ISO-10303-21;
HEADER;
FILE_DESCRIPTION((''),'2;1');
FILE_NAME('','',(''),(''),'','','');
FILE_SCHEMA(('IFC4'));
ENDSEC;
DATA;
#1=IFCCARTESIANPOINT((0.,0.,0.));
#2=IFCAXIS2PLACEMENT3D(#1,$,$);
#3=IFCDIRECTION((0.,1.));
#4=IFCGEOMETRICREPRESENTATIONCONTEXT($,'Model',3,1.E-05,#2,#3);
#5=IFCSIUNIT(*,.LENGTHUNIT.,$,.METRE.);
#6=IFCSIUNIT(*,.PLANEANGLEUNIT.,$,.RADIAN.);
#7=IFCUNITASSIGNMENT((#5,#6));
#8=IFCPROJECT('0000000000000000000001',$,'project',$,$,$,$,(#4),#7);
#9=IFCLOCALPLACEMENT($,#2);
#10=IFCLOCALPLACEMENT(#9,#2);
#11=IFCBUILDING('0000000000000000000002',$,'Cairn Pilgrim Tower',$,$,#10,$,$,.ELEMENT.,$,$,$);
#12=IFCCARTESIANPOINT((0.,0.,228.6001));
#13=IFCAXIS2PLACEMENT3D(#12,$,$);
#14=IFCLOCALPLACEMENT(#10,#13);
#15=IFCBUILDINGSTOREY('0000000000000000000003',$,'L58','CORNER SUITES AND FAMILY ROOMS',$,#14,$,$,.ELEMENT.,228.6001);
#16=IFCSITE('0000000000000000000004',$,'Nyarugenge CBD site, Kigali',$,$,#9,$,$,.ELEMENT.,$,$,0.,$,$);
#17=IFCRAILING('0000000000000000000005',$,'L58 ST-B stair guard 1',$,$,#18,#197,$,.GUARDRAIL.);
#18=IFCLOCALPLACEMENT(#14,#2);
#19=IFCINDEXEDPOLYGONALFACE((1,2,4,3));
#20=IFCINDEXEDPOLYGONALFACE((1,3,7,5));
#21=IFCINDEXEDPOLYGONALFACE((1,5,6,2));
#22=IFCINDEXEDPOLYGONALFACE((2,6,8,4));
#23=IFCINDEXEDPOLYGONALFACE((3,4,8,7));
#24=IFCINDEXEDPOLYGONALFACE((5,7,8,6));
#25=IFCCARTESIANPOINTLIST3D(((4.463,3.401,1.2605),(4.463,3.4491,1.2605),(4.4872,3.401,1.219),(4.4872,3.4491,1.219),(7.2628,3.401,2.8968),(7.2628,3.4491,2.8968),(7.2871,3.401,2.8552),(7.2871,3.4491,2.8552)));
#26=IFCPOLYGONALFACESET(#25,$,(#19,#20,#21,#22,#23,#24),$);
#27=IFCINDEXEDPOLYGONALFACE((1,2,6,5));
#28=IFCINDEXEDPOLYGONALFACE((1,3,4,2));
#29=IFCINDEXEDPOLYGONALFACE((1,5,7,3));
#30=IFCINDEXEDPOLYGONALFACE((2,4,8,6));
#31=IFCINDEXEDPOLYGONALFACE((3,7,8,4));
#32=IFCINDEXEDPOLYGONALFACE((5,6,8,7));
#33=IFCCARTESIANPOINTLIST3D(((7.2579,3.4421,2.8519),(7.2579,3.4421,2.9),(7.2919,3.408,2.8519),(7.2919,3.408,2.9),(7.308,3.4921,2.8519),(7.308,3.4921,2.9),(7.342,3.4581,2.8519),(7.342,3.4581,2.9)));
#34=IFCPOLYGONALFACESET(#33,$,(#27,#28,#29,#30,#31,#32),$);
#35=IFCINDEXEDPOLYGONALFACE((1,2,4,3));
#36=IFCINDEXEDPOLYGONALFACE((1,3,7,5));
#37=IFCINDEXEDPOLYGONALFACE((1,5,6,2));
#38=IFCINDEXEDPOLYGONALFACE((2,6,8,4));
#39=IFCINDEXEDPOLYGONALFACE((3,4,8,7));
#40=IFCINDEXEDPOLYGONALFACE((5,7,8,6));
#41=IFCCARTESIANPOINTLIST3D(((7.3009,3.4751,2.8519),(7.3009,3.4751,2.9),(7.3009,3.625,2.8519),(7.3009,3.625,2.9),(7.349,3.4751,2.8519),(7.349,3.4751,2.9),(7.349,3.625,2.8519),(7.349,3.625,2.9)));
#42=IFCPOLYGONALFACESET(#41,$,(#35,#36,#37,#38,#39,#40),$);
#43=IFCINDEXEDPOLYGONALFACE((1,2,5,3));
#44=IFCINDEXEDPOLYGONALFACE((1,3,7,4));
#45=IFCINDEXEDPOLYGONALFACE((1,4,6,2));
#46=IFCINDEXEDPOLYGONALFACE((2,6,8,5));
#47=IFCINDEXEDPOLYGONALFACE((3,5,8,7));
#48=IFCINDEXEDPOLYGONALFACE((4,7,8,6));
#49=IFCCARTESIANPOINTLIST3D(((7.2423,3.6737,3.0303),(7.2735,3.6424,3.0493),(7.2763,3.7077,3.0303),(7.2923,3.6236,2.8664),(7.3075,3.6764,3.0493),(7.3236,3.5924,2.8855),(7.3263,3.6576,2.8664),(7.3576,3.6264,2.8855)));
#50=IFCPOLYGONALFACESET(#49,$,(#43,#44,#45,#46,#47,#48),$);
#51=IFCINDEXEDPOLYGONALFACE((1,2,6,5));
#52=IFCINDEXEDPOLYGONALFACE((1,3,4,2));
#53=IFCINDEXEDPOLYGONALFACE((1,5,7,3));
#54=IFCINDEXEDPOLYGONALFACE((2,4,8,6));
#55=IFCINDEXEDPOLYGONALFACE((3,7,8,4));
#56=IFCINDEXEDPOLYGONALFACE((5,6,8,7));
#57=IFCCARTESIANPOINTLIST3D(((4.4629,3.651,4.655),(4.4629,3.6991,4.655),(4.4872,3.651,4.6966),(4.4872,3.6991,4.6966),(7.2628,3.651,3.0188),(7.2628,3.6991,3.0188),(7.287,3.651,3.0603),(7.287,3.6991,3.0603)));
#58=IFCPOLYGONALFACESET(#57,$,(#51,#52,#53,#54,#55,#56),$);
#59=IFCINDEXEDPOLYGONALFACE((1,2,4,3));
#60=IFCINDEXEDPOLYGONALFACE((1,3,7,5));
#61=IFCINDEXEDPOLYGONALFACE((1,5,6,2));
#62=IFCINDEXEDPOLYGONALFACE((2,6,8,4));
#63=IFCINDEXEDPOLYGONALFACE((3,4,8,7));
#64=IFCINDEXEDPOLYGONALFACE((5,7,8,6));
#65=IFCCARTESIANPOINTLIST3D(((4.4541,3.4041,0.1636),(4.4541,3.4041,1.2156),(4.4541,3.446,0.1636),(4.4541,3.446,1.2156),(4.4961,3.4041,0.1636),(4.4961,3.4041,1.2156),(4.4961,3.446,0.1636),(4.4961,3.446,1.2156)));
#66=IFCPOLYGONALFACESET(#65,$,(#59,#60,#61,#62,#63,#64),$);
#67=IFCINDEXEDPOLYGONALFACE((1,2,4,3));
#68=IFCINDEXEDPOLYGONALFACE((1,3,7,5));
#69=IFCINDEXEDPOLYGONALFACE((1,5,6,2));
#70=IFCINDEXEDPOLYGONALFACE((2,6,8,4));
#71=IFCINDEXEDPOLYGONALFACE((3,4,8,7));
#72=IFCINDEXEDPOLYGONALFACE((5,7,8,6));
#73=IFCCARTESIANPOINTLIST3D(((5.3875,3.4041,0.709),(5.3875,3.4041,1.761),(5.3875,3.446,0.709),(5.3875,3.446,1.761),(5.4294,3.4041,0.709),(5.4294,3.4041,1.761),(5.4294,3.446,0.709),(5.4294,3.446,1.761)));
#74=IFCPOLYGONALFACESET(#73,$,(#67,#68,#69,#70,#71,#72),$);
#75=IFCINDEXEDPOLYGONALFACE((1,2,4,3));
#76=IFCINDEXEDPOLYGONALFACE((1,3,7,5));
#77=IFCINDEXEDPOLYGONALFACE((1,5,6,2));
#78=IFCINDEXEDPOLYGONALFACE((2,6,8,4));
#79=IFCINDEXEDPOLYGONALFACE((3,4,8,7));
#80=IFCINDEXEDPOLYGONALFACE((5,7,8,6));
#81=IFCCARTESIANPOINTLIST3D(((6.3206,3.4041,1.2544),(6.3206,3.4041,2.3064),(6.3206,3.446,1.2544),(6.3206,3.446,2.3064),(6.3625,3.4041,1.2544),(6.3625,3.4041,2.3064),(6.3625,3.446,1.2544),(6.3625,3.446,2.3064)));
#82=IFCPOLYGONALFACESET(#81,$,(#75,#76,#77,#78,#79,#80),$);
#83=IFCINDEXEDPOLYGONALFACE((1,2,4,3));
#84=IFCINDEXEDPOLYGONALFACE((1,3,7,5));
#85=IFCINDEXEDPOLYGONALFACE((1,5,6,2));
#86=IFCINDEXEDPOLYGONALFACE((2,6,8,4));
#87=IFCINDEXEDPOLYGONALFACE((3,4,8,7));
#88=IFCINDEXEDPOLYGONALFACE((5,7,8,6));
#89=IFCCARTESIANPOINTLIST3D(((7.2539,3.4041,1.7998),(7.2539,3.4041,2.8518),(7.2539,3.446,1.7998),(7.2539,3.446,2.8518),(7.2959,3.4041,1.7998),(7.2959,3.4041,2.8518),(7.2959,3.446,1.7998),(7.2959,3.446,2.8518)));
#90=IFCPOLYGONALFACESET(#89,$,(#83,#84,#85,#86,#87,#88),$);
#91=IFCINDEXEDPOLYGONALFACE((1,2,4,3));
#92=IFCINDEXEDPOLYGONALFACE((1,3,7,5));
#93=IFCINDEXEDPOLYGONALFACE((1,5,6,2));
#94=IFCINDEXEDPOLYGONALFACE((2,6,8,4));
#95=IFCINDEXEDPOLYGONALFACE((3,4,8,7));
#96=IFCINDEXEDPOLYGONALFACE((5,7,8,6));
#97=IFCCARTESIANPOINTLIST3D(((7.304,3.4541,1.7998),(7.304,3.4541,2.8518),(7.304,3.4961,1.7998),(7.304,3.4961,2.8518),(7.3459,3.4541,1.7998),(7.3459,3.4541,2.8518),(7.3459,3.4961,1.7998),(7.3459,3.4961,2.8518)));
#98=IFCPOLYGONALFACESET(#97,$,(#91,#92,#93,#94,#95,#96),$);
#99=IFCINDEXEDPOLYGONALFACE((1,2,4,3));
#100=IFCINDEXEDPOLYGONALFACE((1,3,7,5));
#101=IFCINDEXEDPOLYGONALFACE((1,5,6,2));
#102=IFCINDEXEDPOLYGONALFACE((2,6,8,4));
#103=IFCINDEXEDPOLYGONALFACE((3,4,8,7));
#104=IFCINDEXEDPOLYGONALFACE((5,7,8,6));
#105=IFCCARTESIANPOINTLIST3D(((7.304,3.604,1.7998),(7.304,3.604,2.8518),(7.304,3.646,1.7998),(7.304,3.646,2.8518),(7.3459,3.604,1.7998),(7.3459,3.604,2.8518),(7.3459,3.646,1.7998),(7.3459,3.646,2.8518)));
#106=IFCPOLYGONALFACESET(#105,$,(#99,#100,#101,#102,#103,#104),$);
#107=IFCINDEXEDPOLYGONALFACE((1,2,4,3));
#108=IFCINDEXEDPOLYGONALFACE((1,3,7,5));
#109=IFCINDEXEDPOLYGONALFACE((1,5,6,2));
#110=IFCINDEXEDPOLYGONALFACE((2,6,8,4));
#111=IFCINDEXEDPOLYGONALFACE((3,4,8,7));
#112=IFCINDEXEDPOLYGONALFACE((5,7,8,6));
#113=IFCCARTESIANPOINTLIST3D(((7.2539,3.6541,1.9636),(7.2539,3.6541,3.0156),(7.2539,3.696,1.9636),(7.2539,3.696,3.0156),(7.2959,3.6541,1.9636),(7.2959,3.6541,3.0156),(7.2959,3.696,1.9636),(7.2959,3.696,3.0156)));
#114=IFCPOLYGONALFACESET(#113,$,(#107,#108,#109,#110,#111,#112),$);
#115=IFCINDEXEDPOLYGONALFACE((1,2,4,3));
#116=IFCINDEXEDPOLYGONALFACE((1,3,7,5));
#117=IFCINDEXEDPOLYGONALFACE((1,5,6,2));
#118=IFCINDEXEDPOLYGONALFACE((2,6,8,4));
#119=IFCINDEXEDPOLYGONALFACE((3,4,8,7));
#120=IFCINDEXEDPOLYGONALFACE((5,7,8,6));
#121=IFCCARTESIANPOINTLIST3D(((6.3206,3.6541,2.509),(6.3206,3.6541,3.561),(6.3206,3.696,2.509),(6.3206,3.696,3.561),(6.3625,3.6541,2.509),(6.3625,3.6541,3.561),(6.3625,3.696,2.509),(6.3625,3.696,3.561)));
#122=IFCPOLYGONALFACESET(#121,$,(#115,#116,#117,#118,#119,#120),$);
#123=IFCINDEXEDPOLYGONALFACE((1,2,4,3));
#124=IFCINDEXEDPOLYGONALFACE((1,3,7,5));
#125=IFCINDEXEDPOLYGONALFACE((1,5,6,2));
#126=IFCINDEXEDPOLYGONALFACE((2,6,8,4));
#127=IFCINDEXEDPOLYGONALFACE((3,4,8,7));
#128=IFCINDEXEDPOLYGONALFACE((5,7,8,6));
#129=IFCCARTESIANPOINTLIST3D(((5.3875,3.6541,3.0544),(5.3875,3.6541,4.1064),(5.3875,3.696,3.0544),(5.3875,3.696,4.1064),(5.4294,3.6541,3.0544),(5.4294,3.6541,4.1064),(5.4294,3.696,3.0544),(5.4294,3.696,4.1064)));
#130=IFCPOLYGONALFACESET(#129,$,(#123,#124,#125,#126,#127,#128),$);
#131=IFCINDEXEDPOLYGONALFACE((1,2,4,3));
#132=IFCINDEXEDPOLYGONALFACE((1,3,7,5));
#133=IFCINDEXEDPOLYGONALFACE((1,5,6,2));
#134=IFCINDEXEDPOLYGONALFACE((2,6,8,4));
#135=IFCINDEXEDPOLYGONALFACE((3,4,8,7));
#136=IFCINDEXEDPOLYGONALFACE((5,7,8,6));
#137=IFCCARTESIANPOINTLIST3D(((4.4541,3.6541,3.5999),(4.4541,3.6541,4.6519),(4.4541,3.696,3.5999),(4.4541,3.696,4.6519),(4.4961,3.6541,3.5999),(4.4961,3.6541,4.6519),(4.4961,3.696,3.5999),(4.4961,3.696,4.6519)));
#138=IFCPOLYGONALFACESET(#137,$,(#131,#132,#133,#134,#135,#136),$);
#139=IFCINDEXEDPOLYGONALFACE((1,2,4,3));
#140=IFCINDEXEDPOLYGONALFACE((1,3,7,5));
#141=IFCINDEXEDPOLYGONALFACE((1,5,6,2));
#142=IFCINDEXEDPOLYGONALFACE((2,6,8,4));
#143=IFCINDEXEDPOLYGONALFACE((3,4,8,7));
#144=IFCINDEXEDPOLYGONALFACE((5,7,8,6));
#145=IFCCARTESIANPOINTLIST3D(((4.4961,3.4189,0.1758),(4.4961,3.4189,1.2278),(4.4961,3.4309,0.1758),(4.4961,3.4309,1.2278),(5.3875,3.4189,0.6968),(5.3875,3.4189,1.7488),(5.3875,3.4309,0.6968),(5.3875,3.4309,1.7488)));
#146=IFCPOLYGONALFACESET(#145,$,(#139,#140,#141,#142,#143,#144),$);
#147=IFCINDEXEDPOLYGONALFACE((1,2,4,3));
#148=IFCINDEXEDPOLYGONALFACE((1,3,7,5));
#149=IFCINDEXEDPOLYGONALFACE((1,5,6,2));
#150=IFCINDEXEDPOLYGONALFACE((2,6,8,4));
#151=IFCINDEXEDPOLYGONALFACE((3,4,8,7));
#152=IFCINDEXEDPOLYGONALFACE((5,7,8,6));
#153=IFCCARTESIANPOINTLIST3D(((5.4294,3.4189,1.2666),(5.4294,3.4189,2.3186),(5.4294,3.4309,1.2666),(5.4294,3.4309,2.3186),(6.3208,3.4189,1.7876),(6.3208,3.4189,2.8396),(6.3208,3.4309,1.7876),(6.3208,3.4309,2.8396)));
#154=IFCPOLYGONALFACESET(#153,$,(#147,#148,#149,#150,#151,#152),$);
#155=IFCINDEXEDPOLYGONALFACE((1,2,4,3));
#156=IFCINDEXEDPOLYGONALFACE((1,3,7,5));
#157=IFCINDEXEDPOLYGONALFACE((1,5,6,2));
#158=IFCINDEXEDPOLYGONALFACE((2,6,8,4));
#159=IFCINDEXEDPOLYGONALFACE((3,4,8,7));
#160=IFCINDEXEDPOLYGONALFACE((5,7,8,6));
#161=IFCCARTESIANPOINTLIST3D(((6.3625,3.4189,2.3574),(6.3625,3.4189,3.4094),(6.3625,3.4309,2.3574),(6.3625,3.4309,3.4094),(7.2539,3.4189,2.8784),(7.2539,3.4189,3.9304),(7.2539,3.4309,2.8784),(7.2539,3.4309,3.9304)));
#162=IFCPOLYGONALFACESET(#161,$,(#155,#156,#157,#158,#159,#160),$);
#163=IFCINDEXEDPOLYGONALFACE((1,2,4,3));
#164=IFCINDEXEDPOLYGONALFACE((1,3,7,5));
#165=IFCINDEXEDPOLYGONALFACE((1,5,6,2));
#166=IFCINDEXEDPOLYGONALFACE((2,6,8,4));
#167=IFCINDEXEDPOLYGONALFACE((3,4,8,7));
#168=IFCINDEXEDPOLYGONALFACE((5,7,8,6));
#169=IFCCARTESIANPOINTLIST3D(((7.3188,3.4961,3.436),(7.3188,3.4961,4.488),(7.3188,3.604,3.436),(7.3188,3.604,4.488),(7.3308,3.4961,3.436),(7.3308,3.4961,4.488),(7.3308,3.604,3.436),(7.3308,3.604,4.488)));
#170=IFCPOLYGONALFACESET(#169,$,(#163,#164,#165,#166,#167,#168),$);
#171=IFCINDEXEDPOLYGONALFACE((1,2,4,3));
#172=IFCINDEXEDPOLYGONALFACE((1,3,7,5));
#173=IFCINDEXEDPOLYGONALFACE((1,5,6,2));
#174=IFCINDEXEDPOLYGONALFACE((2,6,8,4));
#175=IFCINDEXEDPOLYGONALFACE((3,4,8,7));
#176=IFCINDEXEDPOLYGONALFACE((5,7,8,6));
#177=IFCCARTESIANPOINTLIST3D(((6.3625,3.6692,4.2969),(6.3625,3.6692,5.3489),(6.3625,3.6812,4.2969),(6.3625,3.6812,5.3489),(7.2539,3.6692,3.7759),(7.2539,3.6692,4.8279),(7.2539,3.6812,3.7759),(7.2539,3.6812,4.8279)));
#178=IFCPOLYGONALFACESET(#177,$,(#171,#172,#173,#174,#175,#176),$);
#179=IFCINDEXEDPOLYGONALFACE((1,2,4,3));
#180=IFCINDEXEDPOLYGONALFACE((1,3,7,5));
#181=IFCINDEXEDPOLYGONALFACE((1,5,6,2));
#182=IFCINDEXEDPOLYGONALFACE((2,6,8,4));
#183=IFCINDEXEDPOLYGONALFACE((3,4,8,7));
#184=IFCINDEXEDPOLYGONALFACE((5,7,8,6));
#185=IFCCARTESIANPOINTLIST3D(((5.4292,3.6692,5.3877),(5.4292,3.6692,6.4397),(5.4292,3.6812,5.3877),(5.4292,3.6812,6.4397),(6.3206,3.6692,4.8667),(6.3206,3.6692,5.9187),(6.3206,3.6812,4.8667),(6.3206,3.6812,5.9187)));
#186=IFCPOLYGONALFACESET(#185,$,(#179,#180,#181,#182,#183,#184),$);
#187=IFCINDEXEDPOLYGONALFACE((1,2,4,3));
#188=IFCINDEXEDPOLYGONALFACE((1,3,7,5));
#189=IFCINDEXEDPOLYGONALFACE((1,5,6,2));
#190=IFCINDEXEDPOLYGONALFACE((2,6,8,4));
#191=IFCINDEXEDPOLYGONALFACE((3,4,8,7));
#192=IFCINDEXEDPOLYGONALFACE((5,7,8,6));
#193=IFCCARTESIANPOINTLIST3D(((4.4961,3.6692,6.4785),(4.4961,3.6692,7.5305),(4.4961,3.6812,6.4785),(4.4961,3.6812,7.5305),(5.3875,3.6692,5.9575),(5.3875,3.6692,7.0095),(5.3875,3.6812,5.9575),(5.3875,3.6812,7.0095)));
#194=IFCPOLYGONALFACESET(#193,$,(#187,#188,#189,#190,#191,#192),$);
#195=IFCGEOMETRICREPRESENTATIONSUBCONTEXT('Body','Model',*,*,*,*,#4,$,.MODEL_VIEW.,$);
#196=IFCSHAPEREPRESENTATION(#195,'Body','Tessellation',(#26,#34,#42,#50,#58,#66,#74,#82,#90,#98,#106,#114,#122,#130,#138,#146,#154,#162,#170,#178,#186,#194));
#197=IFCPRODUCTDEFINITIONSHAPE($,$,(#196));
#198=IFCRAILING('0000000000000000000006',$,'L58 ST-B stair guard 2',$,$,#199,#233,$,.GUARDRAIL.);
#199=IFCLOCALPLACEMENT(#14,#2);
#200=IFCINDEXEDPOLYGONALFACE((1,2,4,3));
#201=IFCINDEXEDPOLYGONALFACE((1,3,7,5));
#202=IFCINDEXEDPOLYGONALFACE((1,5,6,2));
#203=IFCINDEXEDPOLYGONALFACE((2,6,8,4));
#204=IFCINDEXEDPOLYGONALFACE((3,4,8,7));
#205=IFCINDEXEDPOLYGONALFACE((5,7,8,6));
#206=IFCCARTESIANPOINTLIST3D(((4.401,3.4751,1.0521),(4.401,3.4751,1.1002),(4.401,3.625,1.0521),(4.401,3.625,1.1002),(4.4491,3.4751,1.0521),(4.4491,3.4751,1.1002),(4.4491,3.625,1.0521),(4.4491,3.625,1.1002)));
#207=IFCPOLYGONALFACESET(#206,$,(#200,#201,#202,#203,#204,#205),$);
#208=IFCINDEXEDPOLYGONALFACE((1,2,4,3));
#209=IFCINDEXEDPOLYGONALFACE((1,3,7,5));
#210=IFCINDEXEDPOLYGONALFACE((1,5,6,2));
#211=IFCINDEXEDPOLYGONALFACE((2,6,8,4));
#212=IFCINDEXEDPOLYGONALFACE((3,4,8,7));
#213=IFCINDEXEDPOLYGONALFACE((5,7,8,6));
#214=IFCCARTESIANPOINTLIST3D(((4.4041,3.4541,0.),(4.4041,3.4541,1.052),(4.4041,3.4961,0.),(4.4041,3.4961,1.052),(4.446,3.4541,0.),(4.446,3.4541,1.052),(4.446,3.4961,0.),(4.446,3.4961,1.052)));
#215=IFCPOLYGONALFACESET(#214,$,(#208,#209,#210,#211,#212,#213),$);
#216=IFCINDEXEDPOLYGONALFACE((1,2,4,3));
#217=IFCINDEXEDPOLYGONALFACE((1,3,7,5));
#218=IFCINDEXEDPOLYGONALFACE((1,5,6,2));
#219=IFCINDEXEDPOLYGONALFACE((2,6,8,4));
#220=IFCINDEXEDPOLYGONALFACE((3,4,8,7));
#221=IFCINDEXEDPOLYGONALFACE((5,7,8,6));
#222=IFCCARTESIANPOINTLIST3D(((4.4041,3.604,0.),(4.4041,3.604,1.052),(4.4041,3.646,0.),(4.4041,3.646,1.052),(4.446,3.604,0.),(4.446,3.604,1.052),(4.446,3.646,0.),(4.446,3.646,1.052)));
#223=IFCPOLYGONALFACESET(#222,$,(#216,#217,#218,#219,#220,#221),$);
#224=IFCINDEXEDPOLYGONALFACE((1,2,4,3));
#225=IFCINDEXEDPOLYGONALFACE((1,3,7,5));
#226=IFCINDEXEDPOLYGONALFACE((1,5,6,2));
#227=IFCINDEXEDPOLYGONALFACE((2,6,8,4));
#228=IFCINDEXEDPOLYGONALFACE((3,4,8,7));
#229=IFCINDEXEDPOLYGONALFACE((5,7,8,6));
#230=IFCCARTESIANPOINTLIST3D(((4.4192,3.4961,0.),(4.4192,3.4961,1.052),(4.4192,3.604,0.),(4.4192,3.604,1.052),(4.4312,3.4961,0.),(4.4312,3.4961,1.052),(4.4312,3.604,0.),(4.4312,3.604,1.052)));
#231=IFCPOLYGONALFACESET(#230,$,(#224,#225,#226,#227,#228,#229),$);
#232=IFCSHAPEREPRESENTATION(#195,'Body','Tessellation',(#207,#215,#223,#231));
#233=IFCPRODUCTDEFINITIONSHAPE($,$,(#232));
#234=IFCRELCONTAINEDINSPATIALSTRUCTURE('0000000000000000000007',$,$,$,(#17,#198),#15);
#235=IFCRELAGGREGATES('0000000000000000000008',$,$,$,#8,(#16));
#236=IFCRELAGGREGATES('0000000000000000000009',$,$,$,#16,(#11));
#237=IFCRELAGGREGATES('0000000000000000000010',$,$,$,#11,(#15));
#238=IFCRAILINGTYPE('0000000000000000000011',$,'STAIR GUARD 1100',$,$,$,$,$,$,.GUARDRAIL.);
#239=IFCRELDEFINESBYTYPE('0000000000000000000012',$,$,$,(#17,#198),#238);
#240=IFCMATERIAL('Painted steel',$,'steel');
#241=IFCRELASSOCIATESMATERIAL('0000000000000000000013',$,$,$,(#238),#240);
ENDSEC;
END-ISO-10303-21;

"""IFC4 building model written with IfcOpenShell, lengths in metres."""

from ifc_helpers import new_model, si_unit, direction, frame, origin, origin_2d, place, context, subcontext, project, spatial, polyline, rectangle, outline, extrude, material, type_object, element, save


model = new_model("IFC4")

# Units and contexts
model_context = context("Model", 3, precision=1e-05, world=origin(), true_north=direction((0.0, 1.0)))
body_context = subcontext(model_context, "Body", "Model", "MODEL_VIEW")
ifc_project = project(units=[si_unit("LENGTHUNIT", "METRE"), si_unit("PLANEANGLEUNIT", "RADIAN")], contexts=[model_context])

# Site, building, storey
site_placement = place(None, origin())
site = spatial("IfcSite", under=ifc_project, at=site_placement, Name="Nyarugenge CBD site, Kigali", CompositionType="ELEMENT", RefElevation=0.0)
building_placement = place(site_placement, origin())
building = spatial("IfcBuilding", under=site, at=building_placement, Name="Cairn Pilgrim Tower", CompositionType="ELEMENT")
storey_placement = place(building_placement, frame((0.0, 0.0, 228.6001)))
storey = spatial("IfcBuildingStorey", under=building, at=storey_placement, Name="L58", Description="CORNER SUITES AND FAMILY ROOMS", CompositionType="ELEMENT", Elevation=228.6001)

# Shared definitions
ifc_material_1 = material(Name="Painted steel", Category="steel")

# Railings
railing_type_1 = type_object("IfcRailingType", Name="STAIR GUARD 1100", PredefinedType="GUARDRAIL", material=ifc_material_1)
railing_1_placement = place(storey_placement, frame((4.4751, 3.425, 0.1636)))
element("IfcRailing", 1, at=railing_1_placement, inside=storey, type_object=railing_type_1, Name="L58 ST-B stair guard 1", PredefinedType="GUARDRAIL", context=body_context, shape_type="SweptSolid", body=[
    extrude(rectangle(XDim=0.0481, YDim=0.0481, at=origin_2d()), frame((0.0, 0.0, 1.0762), z_axis=(0.863374, 0.0, 0.504564), x_axis=(0.0, 1.0, 0.0)), (0.0, 0.0, 1.0), 3.2429),
    extrude(rectangle(XDim=0.0481, YDim=0.0481, at=origin_2d()), frame((2.7998, 0.0, 2.7124), z_axis=(0.707107, 0.707107, 0.0), x_axis=(-0.707107, 0.707107, 0.0)), (0.0, 0.0, 1.0), 0.0708),
    extrude(rectangle(XDim=0.0481, YDim=0.0481, at=origin_2d()), frame((2.8499, 0.05, 2.7124), z_axis=(0.0, 1.0, 0.0), x_axis=(-1.0, 0.0, 0.0)), (0.0, 0.0, 1.0), 0.1499),
    extrude(rectangle(XDim=0.0481, YDim=0.0481, at=origin_2d()), frame((2.8499, 0.2, 2.7124), z_axis=(-0.280456, 0.280456, 0.917981), x_axis=(-0.707107, -0.707107, 0.0)), (0.0, 0.0, 1.0), 0.1785),
    extrude(rectangle(XDim=0.0481, YDim=0.0481, at=origin_2d()), frame((2.7998, 0.25, 2.876), z_axis=(-0.863374, 0.0, 0.504564), x_axis=(0.0, -1.0, 0.0)), (0.0, 0.0, 1.0), 3.2429),
    extrude(rectangle(XDim=0.042, YDim=0.042, at=origin_2d()), origin(), (0.0, 0.0, 1.0), 1.052),
    extrude(rectangle(XDim=0.042, YDim=0.042, at=origin_2d()), frame((0.9333, 0.0, 0.5454)), (0.0, 0.0, 1.0), 1.052),
    extrude(rectangle(XDim=0.042, YDim=0.042, at=origin_2d()), frame((1.8665, 0.0, 1.0908)), (0.0, 0.0, 1.0), 1.052),
    extrude(rectangle(XDim=0.042, YDim=0.042, at=origin_2d()), frame((2.7998, 0.0, 1.6362)), (0.0, 0.0, 1.0), 1.052),
    extrude(rectangle(XDim=0.042, YDim=0.042, at=origin_2d()), frame((2.8499, 0.05, 1.6362)), (0.0, 0.0, 1.0), 1.052),
    extrude(rectangle(XDim=0.042, YDim=0.042, at=origin_2d()), frame((2.8499, 0.2, 1.6362)), (0.0, 0.0, 1.0), 1.052),
    extrude(rectangle(XDim=0.042, YDim=0.042, at=origin_2d()), frame((2.7998, 0.25, 1.8)), (0.0, 0.0, 1.0), 1.052),
    extrude(rectangle(XDim=0.042, YDim=0.042, at=origin_2d()), frame((1.8665, 0.25, 2.3455)), (0.0, 0.0, 1.0), 1.052),
    extrude(rectangle(XDim=0.042, YDim=0.042, at=origin_2d()), frame((0.9333, 0.25, 2.8909)), (0.0, 0.0, 1.0), 1.052),
    extrude(rectangle(XDim=0.042, YDim=0.042, at=origin_2d()), frame((0.0, 0.25, 3.4363)), (0.0, 0.0, 1.0), 1.052),
    extrude(outline(polyline([(0.021, 0.0122), (0.9124, 0.5332), (0.9124, 1.5852), (0.021, 1.0642), (0.021, 0.0122)])), frame((0.0, 0.0059, 0.0), z_axis=(0.0, -1.0, 0.0), x_axis=(1.0, 0.0, 0.0)), (0.0, 0.0, 1.0), 0.012),
    extrude(outline(polyline([(0.021, 0.5576), (0.9124, 1.0786), (0.9124, 2.1306), (0.021, 1.6096), (0.021, 0.5576)])), frame((0.9333, 0.0059, 0.5454), z_axis=(0.0, -1.0, 0.0), x_axis=(1.0, 0.0, 0.0)), (0.0, 0.0, 1.0), 0.012),
    extrude(outline(polyline([(0.021, 1.103), (0.9124, 1.624), (0.9124, 2.676), (0.021, 2.155), (0.021, 1.103)])), frame((1.8665, 0.0059, 1.0908), z_axis=(0.0, -1.0, 0.0), x_axis=(1.0, 0.0, 0.0)), (0.0, 0.0, 1.0), 0.012),
    extrude(outline(polyline([(0.021, 1.6362), (0.1289, 1.6362), (0.1289, 2.6882), (0.021, 2.6882), (0.021, 1.6362)])), frame((2.8438, 0.05, 1.6362), z_axis=(1.0, 0.0, 0.0), x_axis=(0.0, 1.0, 0.0)), (0.0, 0.0, 1.0), 0.012),
    extrude(outline(polyline([(0.021, 1.8123), (0.9124, 2.3333), (0.9124, 3.3853), (0.021, 2.8643), (0.021, 1.8123)])), frame((2.7998, 0.2441, 1.8), z_axis=(0.0, 1.0, 0.0), x_axis=(-1.0, 0.0, 0.0)), (0.0, 0.0, 1.0), 0.012),
    extrude(outline(polyline([(0.021, 2.3577), (0.9124, 2.8787), (0.9124, 3.9307), (0.021, 3.4097), (0.021, 2.3577)])), frame((1.8665, 0.2441, 2.3455), z_axis=(0.0, 1.0, 0.0), x_axis=(-1.0, 0.0, 0.0)), (0.0, 0.0, 1.0), 0.012),
    extrude(outline(polyline([(0.021, 2.9031), (0.9124, 3.4241), (0.9124, 4.4761), (0.021, 3.9551), (0.021, 2.9031)])), frame((0.9333, 0.2441, 2.8909), z_axis=(0.0, 1.0, 0.0), x_axis=(-1.0, 0.0, 0.0)), (0.0, 0.0, 1.0), 0.012),
])
railing_2_placement = place(storey_placement, frame((4.425, 3.4751, 0.0)))
element("IfcRailing", 2, at=railing_2_placement, inside=storey, type_object=railing_type_1, Name="L58 ST-B stair guard 2", PredefinedType="GUARDRAIL", context=body_context, shape_type="SweptSolid", body=[
    extrude(rectangle(XDim=0.0481, YDim=0.0481, at=origin_2d()), frame((0.0, 0.0, 1.0762), z_axis=(0.0, 1.0, 0.0), x_axis=(-1.0, 0.0, 0.0)), (0.0, 0.0, 1.0), 0.1499),
    extrude(rectangle(XDim=0.042, YDim=0.042, at=origin_2d()), origin(), (0.0, 0.0, 1.0), 1.052),
    extrude(rectangle(XDim=0.042, YDim=0.042, at=origin_2d()), frame((0.0, 0.1499, 0.0)), (0.0, 0.0, 1.0), 1.052),
    extrude(outline(polyline([(0.021, 0.0), (0.1289, 0.0), (0.1289, 1.052), (0.021, 1.052), (0.021, 0.0)])), frame((-0.0059, 0.0, 0.0), z_axis=(1.0, 0.0, 0.0), x_axis=(0.0, 1.0, 0.0)), (0.0, 0.0, 1.0), 0.012),
])

save(model, "model.ifc")
